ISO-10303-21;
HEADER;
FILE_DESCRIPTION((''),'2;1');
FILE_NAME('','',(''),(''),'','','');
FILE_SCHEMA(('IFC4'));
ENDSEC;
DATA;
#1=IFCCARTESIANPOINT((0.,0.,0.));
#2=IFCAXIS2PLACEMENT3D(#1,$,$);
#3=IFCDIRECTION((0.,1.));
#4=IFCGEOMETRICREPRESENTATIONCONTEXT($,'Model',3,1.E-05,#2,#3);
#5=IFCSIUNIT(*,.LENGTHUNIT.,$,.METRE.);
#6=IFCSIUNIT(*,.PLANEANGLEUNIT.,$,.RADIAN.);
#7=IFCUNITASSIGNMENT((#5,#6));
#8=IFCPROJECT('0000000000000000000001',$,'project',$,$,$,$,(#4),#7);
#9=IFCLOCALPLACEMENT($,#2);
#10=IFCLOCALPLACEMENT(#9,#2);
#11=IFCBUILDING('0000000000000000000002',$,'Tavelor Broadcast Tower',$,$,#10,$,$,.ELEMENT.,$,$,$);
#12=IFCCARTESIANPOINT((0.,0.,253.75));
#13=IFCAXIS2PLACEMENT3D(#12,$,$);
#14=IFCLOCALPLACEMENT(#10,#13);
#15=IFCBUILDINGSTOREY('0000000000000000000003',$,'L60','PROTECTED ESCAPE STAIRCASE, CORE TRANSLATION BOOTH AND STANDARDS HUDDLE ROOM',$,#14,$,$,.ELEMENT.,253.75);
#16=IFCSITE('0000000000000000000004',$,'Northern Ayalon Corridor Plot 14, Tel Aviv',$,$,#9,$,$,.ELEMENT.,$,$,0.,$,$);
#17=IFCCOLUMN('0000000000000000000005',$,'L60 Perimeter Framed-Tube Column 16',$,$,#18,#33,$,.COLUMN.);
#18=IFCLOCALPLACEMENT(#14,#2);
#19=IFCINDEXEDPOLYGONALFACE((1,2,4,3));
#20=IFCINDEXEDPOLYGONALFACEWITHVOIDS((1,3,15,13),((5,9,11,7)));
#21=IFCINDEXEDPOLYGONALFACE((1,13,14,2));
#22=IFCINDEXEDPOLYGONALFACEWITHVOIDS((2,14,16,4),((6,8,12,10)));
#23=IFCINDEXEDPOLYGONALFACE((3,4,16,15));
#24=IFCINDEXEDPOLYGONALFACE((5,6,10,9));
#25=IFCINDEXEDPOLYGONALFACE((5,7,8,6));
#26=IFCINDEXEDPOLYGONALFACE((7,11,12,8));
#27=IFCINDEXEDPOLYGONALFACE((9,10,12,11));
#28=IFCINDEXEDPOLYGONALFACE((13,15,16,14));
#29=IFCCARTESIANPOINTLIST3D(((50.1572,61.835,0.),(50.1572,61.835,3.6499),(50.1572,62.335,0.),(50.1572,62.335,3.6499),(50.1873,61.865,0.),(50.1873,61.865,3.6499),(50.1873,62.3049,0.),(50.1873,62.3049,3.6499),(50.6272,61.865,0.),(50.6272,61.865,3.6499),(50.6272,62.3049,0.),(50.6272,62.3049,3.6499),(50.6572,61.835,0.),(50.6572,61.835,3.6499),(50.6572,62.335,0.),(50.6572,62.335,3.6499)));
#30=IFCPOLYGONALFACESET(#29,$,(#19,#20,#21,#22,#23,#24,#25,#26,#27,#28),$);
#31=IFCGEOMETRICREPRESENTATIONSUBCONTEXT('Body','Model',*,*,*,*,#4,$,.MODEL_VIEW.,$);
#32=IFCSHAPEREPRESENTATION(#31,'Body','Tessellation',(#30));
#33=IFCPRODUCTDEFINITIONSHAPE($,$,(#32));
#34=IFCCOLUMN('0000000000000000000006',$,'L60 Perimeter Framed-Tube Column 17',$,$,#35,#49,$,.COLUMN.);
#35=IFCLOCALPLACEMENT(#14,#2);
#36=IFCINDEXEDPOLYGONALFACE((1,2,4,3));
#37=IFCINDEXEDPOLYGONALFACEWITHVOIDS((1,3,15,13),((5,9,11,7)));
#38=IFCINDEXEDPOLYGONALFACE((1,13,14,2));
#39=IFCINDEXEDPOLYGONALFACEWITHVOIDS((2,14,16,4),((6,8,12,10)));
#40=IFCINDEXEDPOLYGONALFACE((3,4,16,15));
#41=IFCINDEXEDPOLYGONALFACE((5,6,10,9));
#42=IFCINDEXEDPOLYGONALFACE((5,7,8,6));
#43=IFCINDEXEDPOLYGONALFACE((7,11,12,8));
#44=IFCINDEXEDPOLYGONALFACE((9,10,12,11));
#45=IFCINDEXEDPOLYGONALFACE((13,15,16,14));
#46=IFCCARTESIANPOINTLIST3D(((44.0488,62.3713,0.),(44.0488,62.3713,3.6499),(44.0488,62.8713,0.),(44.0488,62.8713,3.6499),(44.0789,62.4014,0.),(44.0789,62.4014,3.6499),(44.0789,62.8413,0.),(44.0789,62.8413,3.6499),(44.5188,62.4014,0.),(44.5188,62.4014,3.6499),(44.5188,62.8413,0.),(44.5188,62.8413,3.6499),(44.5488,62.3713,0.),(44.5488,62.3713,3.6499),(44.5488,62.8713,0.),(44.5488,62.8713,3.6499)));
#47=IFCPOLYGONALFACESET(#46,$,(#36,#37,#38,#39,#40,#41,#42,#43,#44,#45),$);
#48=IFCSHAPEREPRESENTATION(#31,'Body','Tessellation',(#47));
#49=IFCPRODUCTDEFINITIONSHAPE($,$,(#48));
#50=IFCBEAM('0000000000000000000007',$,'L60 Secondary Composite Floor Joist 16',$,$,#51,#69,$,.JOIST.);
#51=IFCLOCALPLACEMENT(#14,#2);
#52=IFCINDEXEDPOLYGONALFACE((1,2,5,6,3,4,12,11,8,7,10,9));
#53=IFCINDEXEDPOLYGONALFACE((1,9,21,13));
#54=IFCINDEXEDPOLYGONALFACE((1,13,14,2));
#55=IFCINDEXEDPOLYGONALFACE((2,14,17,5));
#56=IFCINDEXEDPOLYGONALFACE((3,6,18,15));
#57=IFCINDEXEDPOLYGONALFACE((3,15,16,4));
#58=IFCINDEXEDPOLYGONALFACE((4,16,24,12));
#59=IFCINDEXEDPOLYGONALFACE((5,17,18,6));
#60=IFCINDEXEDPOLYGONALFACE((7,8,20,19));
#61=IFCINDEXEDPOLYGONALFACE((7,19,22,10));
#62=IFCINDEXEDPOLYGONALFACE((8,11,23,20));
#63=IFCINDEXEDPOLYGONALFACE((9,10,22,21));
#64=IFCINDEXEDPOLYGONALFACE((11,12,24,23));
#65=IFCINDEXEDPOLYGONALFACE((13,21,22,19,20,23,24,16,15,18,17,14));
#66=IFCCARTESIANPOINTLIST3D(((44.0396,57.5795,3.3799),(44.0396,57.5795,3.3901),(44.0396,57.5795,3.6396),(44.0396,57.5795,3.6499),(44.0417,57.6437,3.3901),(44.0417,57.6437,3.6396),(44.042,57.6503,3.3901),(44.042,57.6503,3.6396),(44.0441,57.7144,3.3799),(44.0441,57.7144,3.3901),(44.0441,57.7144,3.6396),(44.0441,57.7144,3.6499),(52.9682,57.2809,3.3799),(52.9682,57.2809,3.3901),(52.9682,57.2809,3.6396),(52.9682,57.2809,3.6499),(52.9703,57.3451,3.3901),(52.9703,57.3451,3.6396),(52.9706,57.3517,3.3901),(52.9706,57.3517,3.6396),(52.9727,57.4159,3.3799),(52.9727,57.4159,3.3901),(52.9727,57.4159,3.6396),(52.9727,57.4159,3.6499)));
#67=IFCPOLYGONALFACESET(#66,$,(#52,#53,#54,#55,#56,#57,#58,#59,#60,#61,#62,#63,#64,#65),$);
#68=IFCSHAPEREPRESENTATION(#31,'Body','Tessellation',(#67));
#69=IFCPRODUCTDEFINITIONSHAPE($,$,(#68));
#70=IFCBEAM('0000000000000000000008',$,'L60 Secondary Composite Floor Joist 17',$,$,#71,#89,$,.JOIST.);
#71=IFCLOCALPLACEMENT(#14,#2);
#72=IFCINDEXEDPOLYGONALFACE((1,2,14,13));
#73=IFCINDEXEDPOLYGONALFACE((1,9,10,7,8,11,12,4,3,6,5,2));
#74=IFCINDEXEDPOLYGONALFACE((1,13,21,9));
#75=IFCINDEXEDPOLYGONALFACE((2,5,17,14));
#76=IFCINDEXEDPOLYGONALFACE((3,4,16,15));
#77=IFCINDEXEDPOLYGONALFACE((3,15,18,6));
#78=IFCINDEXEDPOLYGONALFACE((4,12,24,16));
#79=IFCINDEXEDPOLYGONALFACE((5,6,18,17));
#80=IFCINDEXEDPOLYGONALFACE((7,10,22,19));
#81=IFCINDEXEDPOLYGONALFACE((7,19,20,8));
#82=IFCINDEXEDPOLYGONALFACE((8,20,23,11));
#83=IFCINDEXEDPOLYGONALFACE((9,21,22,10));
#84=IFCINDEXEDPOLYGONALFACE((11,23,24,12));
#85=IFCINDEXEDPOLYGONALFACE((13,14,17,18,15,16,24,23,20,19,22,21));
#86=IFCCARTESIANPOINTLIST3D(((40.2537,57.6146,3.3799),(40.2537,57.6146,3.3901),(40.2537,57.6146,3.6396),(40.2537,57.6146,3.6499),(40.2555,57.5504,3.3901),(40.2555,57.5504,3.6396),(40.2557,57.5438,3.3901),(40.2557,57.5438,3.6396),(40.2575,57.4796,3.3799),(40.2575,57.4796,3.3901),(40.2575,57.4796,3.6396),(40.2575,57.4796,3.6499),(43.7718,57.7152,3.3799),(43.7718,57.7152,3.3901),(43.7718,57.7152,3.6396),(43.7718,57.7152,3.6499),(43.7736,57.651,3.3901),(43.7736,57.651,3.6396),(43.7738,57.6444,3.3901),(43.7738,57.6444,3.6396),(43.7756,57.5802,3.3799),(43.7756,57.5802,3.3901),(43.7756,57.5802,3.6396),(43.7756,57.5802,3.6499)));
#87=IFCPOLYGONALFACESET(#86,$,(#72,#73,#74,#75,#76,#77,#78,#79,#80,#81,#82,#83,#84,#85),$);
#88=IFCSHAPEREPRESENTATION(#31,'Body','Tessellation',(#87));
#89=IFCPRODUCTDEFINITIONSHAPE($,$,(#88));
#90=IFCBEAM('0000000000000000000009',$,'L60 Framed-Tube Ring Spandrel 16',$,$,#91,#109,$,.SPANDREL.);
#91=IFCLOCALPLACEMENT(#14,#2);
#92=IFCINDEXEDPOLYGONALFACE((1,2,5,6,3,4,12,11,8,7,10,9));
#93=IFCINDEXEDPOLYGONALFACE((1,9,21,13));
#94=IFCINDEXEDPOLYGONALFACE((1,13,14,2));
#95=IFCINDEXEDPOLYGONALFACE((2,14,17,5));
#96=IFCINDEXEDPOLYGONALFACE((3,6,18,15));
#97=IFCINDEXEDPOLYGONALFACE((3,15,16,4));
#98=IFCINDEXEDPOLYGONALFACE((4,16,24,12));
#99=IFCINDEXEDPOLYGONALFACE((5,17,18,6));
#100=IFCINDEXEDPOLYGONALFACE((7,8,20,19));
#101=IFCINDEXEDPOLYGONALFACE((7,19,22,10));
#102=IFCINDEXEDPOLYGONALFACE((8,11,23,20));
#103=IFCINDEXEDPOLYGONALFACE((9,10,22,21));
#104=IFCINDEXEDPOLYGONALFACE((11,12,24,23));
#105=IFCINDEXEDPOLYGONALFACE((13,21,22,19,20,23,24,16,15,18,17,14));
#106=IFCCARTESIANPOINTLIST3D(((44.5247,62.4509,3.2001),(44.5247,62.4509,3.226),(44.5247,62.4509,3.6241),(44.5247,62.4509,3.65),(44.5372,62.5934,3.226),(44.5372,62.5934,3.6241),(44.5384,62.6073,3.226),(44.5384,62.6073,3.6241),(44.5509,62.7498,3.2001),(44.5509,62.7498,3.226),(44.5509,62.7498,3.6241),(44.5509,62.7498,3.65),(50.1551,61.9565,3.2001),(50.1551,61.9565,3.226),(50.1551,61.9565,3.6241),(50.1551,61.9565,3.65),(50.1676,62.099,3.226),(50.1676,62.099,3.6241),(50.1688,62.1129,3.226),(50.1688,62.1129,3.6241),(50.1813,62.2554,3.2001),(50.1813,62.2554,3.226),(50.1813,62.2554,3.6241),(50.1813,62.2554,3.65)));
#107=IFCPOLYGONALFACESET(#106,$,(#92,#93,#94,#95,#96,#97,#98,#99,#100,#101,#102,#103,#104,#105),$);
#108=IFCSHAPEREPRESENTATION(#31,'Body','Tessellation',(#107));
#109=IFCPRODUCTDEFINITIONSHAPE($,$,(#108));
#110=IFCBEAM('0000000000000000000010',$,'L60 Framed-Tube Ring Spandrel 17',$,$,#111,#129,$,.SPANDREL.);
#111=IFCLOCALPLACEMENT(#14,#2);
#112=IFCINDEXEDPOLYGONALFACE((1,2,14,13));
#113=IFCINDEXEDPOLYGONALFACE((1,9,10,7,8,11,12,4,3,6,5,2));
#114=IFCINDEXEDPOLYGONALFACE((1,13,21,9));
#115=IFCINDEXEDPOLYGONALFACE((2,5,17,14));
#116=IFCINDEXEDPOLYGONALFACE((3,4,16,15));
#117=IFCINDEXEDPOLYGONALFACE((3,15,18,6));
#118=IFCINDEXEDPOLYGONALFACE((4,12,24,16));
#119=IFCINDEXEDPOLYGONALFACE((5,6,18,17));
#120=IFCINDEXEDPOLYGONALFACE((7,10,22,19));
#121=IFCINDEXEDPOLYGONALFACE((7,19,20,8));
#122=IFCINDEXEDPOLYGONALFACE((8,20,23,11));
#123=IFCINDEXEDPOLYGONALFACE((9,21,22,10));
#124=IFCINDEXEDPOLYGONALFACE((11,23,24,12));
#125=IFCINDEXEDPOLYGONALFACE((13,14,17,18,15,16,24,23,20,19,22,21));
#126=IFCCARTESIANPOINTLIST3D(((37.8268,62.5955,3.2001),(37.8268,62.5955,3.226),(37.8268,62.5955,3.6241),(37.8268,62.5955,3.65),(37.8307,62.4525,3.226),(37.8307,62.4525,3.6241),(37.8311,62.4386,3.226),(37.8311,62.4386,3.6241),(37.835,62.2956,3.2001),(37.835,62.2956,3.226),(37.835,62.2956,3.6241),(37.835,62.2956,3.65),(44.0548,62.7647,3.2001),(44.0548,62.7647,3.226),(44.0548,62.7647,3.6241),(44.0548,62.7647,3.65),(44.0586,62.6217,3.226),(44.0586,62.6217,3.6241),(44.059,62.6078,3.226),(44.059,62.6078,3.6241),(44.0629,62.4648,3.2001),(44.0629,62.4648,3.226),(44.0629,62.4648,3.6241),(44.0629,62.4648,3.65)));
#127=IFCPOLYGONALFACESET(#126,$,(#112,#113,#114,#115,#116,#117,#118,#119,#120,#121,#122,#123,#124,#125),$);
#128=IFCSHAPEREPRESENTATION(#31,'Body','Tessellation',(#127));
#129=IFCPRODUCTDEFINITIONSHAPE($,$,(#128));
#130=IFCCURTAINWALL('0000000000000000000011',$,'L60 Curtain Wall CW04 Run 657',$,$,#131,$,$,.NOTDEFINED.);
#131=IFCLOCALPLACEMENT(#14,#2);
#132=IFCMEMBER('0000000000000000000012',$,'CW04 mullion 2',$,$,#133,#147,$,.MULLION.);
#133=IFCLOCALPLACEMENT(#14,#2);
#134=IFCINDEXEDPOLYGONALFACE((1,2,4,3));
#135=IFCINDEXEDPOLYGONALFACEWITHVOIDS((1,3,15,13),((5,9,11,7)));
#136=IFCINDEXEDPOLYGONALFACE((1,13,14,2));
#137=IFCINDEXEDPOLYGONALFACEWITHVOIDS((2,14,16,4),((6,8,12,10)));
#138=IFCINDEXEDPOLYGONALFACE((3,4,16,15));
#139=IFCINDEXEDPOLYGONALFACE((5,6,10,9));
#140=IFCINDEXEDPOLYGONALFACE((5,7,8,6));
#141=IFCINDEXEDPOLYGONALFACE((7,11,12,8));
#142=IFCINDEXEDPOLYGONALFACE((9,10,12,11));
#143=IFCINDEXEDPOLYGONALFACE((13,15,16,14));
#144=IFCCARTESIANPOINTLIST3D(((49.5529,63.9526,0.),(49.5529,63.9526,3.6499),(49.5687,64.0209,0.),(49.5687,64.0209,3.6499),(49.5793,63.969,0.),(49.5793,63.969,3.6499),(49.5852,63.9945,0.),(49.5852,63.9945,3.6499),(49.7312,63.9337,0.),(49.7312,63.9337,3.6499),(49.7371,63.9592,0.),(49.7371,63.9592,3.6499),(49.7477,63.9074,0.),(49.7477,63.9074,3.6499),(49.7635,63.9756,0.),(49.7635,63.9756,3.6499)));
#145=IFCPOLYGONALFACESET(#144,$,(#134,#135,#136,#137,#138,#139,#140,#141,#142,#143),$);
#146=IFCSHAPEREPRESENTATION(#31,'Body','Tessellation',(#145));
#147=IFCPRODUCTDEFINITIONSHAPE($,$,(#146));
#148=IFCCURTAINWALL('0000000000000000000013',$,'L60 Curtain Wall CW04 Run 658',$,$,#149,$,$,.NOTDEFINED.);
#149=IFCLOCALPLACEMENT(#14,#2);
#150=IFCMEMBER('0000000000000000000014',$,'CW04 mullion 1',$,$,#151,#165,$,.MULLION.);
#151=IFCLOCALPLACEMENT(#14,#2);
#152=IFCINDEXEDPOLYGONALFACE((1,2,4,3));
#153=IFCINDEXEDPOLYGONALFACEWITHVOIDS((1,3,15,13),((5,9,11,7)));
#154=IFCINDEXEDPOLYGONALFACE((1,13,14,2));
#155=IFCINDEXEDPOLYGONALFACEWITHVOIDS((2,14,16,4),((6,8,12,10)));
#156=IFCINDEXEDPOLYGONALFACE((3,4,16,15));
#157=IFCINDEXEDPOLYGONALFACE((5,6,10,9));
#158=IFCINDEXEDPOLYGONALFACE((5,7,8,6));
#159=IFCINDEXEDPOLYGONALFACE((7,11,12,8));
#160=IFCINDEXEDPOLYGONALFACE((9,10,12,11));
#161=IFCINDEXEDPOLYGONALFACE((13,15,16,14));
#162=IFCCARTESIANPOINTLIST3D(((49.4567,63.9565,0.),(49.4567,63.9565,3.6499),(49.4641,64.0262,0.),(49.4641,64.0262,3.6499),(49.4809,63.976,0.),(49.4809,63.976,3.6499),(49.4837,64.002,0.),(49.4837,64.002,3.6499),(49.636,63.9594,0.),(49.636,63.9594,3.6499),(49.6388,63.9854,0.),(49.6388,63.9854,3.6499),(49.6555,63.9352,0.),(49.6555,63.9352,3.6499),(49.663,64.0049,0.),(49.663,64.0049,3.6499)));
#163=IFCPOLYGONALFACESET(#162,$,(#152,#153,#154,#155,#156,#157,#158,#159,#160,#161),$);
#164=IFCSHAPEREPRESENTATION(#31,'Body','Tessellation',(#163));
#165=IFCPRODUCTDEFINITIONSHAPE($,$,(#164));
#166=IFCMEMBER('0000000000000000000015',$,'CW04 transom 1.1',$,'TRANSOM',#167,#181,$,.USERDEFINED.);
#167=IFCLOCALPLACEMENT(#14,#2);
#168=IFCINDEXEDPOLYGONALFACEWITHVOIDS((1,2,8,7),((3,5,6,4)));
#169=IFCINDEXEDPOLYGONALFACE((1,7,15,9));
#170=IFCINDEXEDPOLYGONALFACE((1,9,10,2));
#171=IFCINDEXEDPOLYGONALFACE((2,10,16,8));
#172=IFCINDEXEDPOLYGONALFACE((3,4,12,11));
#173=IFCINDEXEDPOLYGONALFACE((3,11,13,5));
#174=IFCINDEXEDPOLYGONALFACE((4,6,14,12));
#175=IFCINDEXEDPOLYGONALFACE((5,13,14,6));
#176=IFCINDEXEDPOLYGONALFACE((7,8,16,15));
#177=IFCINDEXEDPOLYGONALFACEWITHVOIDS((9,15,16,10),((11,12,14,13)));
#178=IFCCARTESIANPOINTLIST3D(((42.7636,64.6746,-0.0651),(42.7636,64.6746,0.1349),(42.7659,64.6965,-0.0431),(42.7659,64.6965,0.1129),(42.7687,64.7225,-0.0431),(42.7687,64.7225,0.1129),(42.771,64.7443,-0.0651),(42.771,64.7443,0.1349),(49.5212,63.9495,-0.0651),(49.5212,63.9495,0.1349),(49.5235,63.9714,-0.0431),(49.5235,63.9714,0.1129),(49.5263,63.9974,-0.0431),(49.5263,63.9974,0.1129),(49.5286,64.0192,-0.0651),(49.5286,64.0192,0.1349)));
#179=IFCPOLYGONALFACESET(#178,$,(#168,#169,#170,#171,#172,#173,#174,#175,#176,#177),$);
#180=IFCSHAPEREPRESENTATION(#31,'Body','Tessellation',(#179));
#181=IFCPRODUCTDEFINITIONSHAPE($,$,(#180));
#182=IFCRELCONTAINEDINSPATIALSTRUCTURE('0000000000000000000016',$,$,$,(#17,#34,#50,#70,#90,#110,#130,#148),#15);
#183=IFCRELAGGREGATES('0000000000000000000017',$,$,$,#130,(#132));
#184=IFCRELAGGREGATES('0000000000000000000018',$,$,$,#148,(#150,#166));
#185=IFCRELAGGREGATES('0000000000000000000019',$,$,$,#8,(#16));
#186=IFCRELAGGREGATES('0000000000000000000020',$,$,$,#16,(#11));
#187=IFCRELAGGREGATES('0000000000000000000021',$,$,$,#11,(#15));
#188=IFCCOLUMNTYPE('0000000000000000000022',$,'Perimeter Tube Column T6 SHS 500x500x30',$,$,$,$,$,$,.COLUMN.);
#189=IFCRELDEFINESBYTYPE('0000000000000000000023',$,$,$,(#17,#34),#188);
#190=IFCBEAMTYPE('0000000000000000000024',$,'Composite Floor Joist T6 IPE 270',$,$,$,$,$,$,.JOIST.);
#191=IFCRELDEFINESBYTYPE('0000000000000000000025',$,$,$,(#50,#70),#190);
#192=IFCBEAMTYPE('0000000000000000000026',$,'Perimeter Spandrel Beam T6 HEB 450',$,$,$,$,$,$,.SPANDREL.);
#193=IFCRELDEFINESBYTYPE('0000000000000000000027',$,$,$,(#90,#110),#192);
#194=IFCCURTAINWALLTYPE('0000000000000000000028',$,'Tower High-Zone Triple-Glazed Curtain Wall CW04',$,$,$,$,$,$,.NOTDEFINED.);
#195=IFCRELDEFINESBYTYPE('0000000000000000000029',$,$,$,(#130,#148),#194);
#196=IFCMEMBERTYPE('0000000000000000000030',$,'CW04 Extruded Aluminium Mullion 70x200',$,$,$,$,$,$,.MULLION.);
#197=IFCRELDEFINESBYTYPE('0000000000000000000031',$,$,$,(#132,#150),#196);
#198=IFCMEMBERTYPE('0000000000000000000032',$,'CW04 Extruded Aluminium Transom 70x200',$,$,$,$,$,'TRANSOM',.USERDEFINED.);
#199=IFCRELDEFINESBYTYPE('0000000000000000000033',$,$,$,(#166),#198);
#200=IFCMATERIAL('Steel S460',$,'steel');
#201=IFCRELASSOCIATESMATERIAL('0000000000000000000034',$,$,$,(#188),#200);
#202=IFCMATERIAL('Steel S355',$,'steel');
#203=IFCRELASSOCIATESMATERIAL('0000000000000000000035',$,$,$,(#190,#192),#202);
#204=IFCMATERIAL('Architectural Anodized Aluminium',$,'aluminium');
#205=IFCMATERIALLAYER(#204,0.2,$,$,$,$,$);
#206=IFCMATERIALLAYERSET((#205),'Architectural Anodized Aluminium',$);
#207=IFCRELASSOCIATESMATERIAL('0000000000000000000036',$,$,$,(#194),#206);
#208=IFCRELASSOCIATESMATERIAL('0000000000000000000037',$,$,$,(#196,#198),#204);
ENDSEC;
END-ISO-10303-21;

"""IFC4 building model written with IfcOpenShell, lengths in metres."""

from ifc_helpers import new_model, si_unit, direction, frame, origin, origin_2d, place, context, subcontext, project, spatial, hollow_rectangle, i_section, extrude, source, transform, mapped, material, layer, layer_set, material_profile, profile_set, type_object, type_shapes, element, aggregate, save


model = new_model("IFC4")

# Units and contexts
model_context = context("Model", 3, precision=1e-05, world=origin(), true_north=direction((0.0, 1.0)))
body_context = subcontext(model_context, "Body", "Model", "MODEL_VIEW")
ifc_project = project(units=[si_unit("LENGTHUNIT", "METRE"), si_unit("PLANEANGLEUNIT", "RADIAN")], contexts=[model_context])

# Site, building, storey
site_placement = place(None, origin())
site = spatial("IfcSite", under=ifc_project, at=site_placement, Name="Northern Ayalon Corridor Plot 14, Tel Aviv", CompositionType="ELEMENT", RefElevation=0.0)
building_placement = place(site_placement, origin())
building = spatial("IfcBuilding", under=site, at=building_placement, Name="Tavelor Broadcast Tower", CompositionType="ELEMENT")
storey_placement = place(building_placement, frame((0.0, 0.0, 253.75)))
storey = spatial("IfcBuildingStorey", under=building, at=storey_placement, Name="L60", Description="PROTECTED ESCAPE STAIRCASE, CORE TRANSLATION BOOTH AND STANDARDS HUDDLE ROOM", CompositionType="ELEMENT", Elevation=253.75)

# Columns
ifc_material_1 = material(Name="Steel S460", Category="steel")
ifc_material_profile_1 = material_profile(ifc_material_1, hollow_rectangle(XDim=0.5, YDim=0.5, WallThickness=0.03, at=origin_2d()), Name="SHS 500x500x30")
ifc_profile_set_1 = profile_set([ifc_material_profile_1], Name="Steel S460")
column_type = type_object("IfcColumnType", Name="Perimeter Tube Column T6 SHS 500x500x30", PredefinedType="COLUMN", material=ifc_profile_set_1)
for number, where, z_axis, x_axis, name in (
    (1, (50.4072, 62.085, 0.0), (0.0, 0.0, 1.0), (1.0, 0.0, 0.0), "L60 Perimeter Framed-Tube Column 16"),
    (2, (44.2988, 62.6213, 0.0), (0.0, 0.0, 1.0), (1.0, 0.0, 0.0), "L60 Perimeter Framed-Tube Column 17"),
):
    element("IfcColumn", number, at=place(storey_placement, frame(where, z_axis=z_axis, x_axis=x_axis)), inside=storey, type_object=column_type, Name=name, PredefinedType="COLUMN", context=body_context, shape_type="SweptSolid", body=[
        extrude(hollow_rectangle(XDim=0.5, YDim=0.5, WallThickness=0.03, at=origin_2d()), origin(), (0.0, 0.0, 1.0), 3.6499),
    ])

# Beams
ifc_material_2 = material(Name="Steel S355", Category="steel")
ifc_material_profile_2 = material_profile(ifc_material_2, i_section(OverallWidth=0.135, OverallDepth=0.27, WebThickness=0.0066, FlangeThickness=0.0103, at=origin_2d()), Name="IPE 270")
ifc_profile_set_2 = profile_set([ifc_material_profile_2], Name="Steel S355")
beam_type_1 = type_object("IfcBeamType", Name="Composite Floor Joist T6 IPE 270", PredefinedType="JOIST", material=ifc_profile_set_2)
beam_1_placement = place(storey_placement, frame((52.9705, 57.3484, 3.5149), z_axis=(-0.999441, 0.033422, 0.0), x_axis=(-0.033422, -0.999441, 0.0)))
element("IfcBeam", 3, at=beam_1_placement, inside=storey, type_object=beam_type_1, Name="L60 Secondary Composite Floor Joist 16", PredefinedType="JOIST", context=body_context, shape_type="SweptSolid", body=[
    extrude(i_section(OverallWidth=0.135, OverallDepth=0.27, WebThickness=0.0066, FlangeThickness=0.0103, at=origin_2d()), origin(), (0.0, 0.0, 1.0), 8.9336),
])
beam_2_placement = place(storey_placement, frame((43.7737, 57.6477, 3.5149), z_axis=(-0.999592, -0.02858, 0.0), x_axis=(0.02858, -0.999592, 0.0)))
element("IfcBeam", 4, at=beam_2_placement, inside=storey, type_object=beam_type_1, Name="L60 Secondary Composite Floor Joist 17", PredefinedType="JOIST", context=body_context, shape_type="SweptSolid", body=[
    extrude(i_section(OverallWidth=0.135, OverallDepth=0.27, WebThickness=0.0066, FlangeThickness=0.0103, at=origin_2d()), origin(), (0.0, 0.0, 1.0), 3.5195),
])
ifc_material_profile_3 = material_profile(ifc_material_2, i_section(OverallWidth=0.3, OverallDepth=0.45, WebThickness=0.0139, FlangeThickness=0.0259, at=origin_2d()), Name="HEB 450")
ifc_profile_set_3 = profile_set([ifc_material_profile_3], Name="Steel S355")
beam_type_2 = type_object("IfcBeamType", Name="Perimeter Spandrel Beam T6 HEB 450", PredefinedType="SPANDREL", material=ifc_profile_set_3)
beam_3_placement = place(storey_placement, frame((50.1682, 62.106, 3.425), z_axis=(-0.996167, 0.08747, 0.0), x_axis=(-0.08747, -0.996167, 0.0)))
element("IfcBeam", 5, at=beam_3_placement, inside=storey, type_object=beam_type_2, Name="L60 Framed-Tube Ring Spandrel 16", PredefinedType="SPANDREL", context=body_context, shape_type="SweptSolid", body=[
    extrude(i_section(OverallWidth=0.3, OverallDepth=0.45, WebThickness=0.0139, FlangeThickness=0.0259, at=origin_2d()), origin(), (0.0, 0.0, 1.0), 5.6521),
])
beam_4_placement = place(storey_placement, frame((44.0588, 62.6147, 3.425), z_axis=(-0.999631, -0.027156, 0.0), x_axis=(0.027156, -0.999631, 0.0)))
element("IfcBeam", 6, at=beam_4_placement, inside=storey, type_object=beam_type_2, Name="L60 Framed-Tube Ring Spandrel 17", PredefinedType="SPANDREL", context=body_context, shape_type="SweptSolid", body=[
    extrude(i_section(OverallWidth=0.3, OverallDepth=0.45, WebThickness=0.0139, FlangeThickness=0.0259, at=origin_2d()), origin(), (0.0, 0.0, 1.0), 6.2302),
])

# Curtain wall, member
ifc_material_3 = material(Name="Architectural Anodized Aluminium", Category="aluminium")
ifc_layer_1 = layer(ifc_material_3, 0.2)
ifc_layer_set_1 = layer_set([ifc_layer_1], Name="Architectural Anodized Aluminium")
curtain_wall_type = type_object("IfcCurtainWallType", Name="Tower High-Zone Triple-Glazed Curtain Wall CW04", PredefinedType="NOTDEFINED", material=ifc_layer_set_1)
curtain_wall_1_placement = place(storey_placement, origin())
curtain_wall_1 = element("IfcCurtainWall", 7, at=curtain_wall_1_placement, inside=storey, type_object=curtain_wall_type, Name="L60 Curtain Wall CW04 Run 657", PredefinedType="NOTDEFINED")
ifc_material_profile_4 = material_profile(ifc_material_3, hollow_rectangle(XDim=0.0701, YDim=0.2, WallThickness=0.022, at=origin_2d()), Name="RHS 70x200x22")
ifc_profile_set_4 = profile_set([ifc_material_profile_4], Name="Architectural Anodized Aluminium")
member_type_1 = type_object("IfcMemberType", Name="CW04 Extruded Aluminium Mullion 70x200", PredefinedType="MULLION", material=ifc_profile_set_4)
shared_shape_1 = source(origin(), body_context, "Body", "SweptSolid", [
    extrude(hollow_rectangle(XDim=0.0701, YDim=0.2, WallThickness=0.022, at=origin_2d()), origin(), (0.0, 0.0, 1.0), 3.6499),
])
type_shapes(member_type_1, [shared_shape_1])
member_1_placement = place(storey_placement, frame((49.6582, 63.9641, 0.0), z_axis=(0.0, 0.0, 1.0), x_axis=(-0.22623, -0.974074, 0.0)))
member_1 = element("IfcMember", 8, at=member_1_placement, type_object=member_type_1, Name="CW04 mullion 2", PredefinedType="MULLION", context=body_context, shape_type="MappedRepresentation", body=[
    mapped(shared_shape_1, transform((0.0, 0.0, 0.0), scale=1.0)),
])

# Curtain wall, members
curtain_wall_2_placement = place(storey_placement, origin())
curtain_wall_2 = element("IfcCurtainWall", 9, at=curtain_wall_2_placement, inside=storey, type_object=curtain_wall_type, Name="L60 Curtain Wall CW04 Run 658", PredefinedType="NOTDEFINED")
member_2_placement = place(storey_placement, frame((49.5598, 63.9807, 0.0), z_axis=(0.0, 0.0, 1.0), x_axis=(-0.106685, -0.994293, 0.0)))
member_2 = element("IfcMember", 10, at=member_2_placement, type_object=member_type_1, Name="CW04 mullion 1", PredefinedType="MULLION", context=body_context, shape_type="MappedRepresentation", body=[
    mapped(shared_shape_1, transform((0.0, 0.0, 0.0), scale=1.0)),
])
ifc_material_profile_5 = material_profile(ifc_material_3, hollow_rectangle(XDim=0.0701, YDim=0.2, WallThickness=0.022, at=origin_2d()), Name="RHS 70x200x22")
ifc_profile_set_5 = profile_set([ifc_material_profile_5], Name="Architectural Anodized Aluminium")
member_type_2 = type_object("IfcMemberType", Name="CW04 Extruded Aluminium Transom 70x200", ElementType="TRANSOM", PredefinedType="USERDEFINED", material=ifc_profile_set_5)
shared_shape_2 = source(origin(), body_context, "Body", "SweptSolid", [
    extrude(hollow_rectangle(XDim=0.0701, YDim=0.2, WallThickness=0.022, at=origin_2d()), origin(), (0.0, 0.0, 1.0), 6.7964),
])
type_shapes(member_type_2, [shared_shape_2])
member_3_placement = place(storey_placement, frame((49.5249, 63.9844, 0.0349), z_axis=(-0.994292, 0.106689, 0.0), x_axis=(-0.106689, -0.994292, 0.0)))
member_3 = element("IfcMember", 11, at=member_3_placement, type_object=member_type_2, Name="CW04 transom 1.1", ObjectType="TRANSOM", PredefinedType="USERDEFINED", context=body_context, shape_type="MappedRepresentation", body=[
    mapped(shared_shape_2, transform((0.0, 0.0, 0.0), scale=1.0)),
])

aggregate(curtain_wall_1, [member_1])
aggregate(curtain_wall_2, [member_2, member_3])

save(model, "model.ifc")
